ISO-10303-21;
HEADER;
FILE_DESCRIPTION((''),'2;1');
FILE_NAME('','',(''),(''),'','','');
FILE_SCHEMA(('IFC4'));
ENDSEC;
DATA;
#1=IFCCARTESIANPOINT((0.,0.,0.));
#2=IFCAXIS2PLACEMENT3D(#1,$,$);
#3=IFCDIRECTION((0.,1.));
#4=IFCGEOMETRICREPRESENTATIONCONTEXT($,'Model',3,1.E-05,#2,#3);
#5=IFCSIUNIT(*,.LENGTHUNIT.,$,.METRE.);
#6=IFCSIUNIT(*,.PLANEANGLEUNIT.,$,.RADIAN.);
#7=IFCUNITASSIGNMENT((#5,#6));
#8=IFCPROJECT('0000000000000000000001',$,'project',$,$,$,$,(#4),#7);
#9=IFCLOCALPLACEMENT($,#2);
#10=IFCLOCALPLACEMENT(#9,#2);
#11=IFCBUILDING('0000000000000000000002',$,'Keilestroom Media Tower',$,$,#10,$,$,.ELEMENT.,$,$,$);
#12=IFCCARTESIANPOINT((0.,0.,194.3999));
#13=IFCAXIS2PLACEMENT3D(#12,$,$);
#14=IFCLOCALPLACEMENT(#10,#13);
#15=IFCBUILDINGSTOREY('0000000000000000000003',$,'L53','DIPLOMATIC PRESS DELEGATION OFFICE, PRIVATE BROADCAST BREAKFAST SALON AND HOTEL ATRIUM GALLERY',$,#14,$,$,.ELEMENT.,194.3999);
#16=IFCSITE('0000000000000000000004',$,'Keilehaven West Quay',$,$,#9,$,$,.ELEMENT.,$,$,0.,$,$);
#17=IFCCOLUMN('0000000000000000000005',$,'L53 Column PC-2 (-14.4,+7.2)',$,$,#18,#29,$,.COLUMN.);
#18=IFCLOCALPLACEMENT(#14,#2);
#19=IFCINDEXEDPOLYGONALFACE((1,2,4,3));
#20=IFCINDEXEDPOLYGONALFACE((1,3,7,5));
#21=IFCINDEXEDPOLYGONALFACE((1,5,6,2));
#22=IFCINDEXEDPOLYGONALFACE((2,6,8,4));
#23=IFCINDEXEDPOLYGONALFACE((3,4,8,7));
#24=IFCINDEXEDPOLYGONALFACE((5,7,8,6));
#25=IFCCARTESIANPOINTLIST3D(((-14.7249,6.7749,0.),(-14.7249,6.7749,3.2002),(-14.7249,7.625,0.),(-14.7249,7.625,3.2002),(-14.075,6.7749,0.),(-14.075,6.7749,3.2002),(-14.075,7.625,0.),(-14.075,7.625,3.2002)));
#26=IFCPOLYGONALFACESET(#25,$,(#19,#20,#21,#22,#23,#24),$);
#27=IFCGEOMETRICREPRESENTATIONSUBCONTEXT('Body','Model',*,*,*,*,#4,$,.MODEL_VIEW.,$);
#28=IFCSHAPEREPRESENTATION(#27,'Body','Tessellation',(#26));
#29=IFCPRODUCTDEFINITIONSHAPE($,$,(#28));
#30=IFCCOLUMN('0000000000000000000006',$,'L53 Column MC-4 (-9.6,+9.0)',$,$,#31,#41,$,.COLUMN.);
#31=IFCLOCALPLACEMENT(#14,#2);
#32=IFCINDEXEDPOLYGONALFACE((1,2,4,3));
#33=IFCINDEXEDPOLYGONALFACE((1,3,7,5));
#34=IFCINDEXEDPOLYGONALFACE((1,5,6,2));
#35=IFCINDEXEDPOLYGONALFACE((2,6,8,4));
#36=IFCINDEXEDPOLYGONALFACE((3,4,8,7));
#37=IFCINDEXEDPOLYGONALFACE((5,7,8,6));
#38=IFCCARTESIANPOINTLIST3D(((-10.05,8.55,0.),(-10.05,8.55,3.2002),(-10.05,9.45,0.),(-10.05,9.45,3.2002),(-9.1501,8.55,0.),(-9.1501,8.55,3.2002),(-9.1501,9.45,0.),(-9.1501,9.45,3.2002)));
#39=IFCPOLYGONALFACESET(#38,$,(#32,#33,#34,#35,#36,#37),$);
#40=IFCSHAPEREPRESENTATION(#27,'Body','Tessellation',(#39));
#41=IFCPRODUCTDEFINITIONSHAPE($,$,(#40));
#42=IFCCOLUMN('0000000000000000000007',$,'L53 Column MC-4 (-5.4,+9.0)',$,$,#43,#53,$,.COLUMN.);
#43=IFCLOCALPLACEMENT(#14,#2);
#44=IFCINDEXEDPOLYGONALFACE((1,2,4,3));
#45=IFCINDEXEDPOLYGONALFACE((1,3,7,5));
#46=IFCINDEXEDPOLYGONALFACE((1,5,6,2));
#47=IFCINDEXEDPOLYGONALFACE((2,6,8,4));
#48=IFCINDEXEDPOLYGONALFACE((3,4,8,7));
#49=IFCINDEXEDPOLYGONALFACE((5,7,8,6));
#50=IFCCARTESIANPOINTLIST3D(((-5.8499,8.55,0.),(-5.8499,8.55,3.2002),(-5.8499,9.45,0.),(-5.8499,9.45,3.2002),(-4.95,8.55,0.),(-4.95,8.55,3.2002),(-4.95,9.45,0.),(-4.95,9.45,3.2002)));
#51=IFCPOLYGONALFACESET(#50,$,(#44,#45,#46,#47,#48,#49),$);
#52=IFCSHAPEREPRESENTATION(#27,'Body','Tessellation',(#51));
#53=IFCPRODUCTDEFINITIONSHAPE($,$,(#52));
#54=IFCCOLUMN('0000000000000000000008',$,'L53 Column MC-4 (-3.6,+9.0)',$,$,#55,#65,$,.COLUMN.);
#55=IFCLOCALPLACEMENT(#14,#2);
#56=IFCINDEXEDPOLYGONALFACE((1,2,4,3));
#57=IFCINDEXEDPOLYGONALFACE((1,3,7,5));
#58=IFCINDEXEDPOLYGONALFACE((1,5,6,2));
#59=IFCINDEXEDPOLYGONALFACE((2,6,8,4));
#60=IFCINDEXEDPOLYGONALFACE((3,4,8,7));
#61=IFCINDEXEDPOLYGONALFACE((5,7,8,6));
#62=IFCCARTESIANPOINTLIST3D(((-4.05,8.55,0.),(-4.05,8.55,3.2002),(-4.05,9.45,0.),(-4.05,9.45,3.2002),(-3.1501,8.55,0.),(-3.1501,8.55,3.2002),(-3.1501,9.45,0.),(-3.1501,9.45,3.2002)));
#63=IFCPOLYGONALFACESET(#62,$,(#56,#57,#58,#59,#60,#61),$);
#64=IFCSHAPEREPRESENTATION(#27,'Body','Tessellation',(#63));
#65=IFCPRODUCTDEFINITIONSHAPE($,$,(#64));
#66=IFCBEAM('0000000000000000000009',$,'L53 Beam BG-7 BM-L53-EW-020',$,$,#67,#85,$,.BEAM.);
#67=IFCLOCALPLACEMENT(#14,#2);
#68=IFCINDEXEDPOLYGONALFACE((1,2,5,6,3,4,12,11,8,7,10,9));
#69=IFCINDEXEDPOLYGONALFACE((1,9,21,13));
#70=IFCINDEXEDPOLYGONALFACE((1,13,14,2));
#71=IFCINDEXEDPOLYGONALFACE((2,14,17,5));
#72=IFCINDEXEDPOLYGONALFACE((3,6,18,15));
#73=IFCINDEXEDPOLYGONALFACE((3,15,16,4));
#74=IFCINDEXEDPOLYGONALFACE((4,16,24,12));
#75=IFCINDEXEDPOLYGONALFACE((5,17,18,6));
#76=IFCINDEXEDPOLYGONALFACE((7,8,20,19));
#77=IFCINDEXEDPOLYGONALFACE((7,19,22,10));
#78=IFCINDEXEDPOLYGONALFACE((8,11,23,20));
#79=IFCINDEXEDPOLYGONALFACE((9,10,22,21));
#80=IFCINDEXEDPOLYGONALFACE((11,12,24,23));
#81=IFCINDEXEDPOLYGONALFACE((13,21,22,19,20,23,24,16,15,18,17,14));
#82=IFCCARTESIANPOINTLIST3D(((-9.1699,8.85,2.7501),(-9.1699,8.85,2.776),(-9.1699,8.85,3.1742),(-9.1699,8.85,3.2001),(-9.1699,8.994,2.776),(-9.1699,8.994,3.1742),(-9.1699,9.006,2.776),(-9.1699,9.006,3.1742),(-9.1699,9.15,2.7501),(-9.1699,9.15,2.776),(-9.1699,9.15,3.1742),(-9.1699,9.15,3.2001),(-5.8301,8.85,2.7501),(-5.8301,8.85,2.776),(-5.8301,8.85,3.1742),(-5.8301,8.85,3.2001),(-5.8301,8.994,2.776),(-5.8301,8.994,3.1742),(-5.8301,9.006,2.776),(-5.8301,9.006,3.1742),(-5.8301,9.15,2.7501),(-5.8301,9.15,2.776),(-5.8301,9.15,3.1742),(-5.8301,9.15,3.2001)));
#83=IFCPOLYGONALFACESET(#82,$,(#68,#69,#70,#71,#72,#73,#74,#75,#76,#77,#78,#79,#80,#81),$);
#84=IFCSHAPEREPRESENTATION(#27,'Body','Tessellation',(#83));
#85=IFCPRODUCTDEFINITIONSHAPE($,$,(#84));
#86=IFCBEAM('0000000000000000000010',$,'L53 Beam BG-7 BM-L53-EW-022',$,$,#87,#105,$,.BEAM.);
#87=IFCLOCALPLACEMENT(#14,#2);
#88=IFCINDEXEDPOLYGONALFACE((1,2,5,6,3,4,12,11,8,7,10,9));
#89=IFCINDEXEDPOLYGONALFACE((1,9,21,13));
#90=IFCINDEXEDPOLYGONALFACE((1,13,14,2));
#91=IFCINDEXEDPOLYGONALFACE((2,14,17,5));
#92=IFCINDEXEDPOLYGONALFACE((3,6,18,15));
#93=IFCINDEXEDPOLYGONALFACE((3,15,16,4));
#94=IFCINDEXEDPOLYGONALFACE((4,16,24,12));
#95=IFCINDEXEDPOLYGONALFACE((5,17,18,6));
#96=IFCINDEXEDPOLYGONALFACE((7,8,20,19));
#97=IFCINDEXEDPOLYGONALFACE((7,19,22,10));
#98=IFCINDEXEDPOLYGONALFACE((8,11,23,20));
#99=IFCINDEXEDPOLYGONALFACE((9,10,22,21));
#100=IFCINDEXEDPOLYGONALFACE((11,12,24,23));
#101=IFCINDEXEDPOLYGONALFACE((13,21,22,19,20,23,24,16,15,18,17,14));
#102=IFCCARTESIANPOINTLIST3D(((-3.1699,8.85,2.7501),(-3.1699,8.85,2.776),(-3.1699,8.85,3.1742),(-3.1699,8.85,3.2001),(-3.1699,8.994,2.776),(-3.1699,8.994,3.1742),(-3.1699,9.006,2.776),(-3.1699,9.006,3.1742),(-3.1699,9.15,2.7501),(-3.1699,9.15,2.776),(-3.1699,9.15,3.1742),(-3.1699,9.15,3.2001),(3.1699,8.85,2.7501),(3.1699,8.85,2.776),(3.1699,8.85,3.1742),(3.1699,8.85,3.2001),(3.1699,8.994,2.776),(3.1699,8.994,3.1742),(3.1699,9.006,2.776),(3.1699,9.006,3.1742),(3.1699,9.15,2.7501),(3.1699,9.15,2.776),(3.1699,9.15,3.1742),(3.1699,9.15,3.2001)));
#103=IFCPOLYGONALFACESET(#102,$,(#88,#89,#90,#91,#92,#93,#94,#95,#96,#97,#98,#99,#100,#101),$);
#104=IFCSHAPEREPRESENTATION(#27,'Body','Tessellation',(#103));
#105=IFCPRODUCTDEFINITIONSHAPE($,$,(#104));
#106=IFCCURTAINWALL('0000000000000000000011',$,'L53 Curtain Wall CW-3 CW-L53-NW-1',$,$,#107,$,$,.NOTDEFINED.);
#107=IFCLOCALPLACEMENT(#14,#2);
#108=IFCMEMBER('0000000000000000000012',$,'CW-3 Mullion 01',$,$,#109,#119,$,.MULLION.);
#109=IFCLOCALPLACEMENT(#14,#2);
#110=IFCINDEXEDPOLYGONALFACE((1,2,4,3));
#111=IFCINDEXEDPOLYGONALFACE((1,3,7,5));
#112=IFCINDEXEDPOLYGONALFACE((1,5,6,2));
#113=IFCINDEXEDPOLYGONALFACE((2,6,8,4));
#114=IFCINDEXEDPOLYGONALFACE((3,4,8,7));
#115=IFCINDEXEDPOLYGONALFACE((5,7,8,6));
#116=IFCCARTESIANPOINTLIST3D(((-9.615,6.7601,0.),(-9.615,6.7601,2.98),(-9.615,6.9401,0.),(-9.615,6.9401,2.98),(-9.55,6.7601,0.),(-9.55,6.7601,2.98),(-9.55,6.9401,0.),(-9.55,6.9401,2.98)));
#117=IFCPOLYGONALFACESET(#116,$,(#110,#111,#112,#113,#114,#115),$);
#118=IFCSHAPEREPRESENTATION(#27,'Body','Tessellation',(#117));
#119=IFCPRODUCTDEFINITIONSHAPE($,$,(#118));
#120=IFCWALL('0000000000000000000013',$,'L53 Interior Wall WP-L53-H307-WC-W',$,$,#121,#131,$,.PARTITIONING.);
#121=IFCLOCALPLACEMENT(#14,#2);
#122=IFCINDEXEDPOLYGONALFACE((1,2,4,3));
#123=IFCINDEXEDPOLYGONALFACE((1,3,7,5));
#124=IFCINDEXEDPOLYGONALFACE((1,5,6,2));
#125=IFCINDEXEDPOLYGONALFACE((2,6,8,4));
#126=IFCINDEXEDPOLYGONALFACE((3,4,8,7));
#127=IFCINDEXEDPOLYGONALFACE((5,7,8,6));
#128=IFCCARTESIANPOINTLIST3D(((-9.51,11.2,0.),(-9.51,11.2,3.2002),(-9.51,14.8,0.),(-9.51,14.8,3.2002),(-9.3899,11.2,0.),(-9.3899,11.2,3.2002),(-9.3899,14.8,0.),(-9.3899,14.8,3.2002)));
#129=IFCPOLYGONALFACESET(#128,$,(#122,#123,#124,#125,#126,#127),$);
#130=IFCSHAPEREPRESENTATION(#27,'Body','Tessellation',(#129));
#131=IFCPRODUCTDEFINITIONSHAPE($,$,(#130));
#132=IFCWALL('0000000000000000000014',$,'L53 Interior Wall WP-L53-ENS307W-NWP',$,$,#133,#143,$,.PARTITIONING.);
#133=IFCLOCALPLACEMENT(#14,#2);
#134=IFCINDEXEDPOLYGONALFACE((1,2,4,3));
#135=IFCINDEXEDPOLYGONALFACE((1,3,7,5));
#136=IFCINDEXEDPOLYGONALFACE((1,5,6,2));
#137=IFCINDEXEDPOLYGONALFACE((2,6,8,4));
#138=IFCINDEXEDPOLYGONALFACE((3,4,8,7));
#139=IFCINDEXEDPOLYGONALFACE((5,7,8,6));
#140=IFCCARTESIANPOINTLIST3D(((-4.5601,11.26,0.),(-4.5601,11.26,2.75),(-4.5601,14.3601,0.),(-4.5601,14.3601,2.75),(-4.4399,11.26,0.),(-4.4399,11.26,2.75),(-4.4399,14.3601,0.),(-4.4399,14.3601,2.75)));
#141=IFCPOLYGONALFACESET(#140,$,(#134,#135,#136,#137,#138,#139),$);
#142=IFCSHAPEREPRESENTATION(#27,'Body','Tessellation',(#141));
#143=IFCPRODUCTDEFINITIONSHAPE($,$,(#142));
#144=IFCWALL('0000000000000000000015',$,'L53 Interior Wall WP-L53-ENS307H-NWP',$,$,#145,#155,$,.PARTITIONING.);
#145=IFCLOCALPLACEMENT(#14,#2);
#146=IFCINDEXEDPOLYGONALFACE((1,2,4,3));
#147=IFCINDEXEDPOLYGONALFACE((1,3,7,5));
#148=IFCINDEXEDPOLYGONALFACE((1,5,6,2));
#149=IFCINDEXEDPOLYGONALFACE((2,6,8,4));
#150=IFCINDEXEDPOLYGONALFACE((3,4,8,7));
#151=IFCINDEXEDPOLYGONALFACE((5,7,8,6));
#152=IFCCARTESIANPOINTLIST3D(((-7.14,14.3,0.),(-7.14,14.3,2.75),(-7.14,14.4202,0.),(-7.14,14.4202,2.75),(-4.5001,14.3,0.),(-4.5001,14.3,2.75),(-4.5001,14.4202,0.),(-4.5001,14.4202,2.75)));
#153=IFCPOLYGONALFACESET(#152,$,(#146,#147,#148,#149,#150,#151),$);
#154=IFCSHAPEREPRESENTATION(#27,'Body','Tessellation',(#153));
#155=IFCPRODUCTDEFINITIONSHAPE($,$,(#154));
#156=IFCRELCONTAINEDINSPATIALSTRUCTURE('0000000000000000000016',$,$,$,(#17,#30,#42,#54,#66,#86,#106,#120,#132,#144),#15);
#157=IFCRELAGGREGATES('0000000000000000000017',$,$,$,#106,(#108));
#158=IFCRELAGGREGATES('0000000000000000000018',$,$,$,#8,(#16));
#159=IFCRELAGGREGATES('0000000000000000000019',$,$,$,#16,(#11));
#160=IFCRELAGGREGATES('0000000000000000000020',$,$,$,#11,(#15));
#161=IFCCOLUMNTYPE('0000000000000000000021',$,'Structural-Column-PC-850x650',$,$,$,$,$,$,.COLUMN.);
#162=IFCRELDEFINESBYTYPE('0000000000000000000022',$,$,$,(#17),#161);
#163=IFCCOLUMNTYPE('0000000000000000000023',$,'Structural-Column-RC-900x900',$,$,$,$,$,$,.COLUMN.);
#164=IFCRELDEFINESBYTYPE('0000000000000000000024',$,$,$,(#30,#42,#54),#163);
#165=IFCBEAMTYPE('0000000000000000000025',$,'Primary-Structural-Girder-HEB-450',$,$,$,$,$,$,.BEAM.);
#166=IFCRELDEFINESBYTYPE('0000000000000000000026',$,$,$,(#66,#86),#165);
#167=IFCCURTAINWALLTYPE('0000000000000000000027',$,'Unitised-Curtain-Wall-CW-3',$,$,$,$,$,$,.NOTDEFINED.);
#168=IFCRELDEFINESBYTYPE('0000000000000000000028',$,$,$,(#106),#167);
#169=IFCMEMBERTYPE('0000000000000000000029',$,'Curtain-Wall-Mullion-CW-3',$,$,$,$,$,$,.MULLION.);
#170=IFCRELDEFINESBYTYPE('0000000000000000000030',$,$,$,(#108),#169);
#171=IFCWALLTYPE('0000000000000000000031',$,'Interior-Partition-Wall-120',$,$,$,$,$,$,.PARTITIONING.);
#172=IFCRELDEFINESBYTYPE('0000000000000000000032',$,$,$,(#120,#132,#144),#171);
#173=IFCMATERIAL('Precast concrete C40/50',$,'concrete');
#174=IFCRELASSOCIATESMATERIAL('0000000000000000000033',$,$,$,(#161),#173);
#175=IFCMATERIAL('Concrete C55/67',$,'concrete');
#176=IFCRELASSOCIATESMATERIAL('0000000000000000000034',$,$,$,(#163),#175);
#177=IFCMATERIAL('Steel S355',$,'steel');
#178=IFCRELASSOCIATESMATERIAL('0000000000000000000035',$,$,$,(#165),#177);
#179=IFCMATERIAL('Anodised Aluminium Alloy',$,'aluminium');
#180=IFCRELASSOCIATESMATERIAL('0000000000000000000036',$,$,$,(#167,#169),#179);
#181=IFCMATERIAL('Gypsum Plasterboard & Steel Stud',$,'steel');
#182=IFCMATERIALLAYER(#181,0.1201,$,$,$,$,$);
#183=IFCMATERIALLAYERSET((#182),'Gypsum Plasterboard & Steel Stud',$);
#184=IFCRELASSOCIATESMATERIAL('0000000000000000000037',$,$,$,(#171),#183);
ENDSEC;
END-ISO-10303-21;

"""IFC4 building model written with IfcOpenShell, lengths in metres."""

from ifc_helpers import new_model, si_unit, direction, frame, frame_2d, origin, origin_2d, place, context, subcontext, project, spatial, rectangle, i_section, extrude, source, transform, mapped, material, layer, layer_set, material_profile, profile_set, type_object, element, aggregate, save


model = new_model("IFC4")

# Units and contexts
model_context = context("Model", 3, precision=1e-05, world=origin(), true_north=direction((0.0, 1.0)))
body_context = subcontext(model_context, "Body", "Model", "MODEL_VIEW")
ifc_project = project(units=[si_unit("LENGTHUNIT", "METRE"), si_unit("PLANEANGLEUNIT", "RADIAN")], contexts=[model_context])

# Site, building, storey
site_placement = place(None, origin())
site = spatial("IfcSite", under=ifc_project, at=site_placement, Name="Keilehaven West Quay", CompositionType="ELEMENT", RefElevation=0.0)
building_placement = place(site_placement, origin())
building = spatial("IfcBuilding", under=site, at=building_placement, Name="Keilestroom Media Tower", CompositionType="ELEMENT")
storey_placement = place(building_placement, frame((0.0, 0.0, 194.3999)))
storey = spatial("IfcBuildingStorey", under=building, at=storey_placement, Name="L53", Description="DIPLOMATIC PRESS DELEGATION OFFICE, PRIVATE BROADCAST BREAKFAST SALON AND HOTEL ATRIUM GALLERY", CompositionType="ELEMENT", Elevation=194.3999)

# Columns
ifc_material_1 = material(Name="Precast concrete C40/50", Category="concrete")
ifc_material_profile_1 = material_profile(ifc_material_1, rectangle(XDim=0.6499, YDim=0.8501, at=origin_2d()), Name="PC 850x650")
ifc_profile_set_1 = profile_set([ifc_material_profile_1], Name="Precast concrete C40/50")
column_type_1 = type_object("IfcColumnType", Name="Structural-Column-PC-850x650", PredefinedType="COLUMN", material=ifc_profile_set_1)
shared_shape_1 = source(origin(), body_context, "Body", "SweptSolid", [
    extrude(rectangle(XDim=0.6499, YDim=0.8501, at=origin_2d()), origin(), (0.0, 0.0, 1.0), 3.2002),
])
column_placement = place(storey_placement, frame((-14.3999, 7.2, 0.0), z_axis=(0.0, 0.0, 1.0), x_axis=(1.0, 0.0, 0.0)))
element("IfcColumn", 1, at=column_placement, inside=storey, type_object=column_type_1, Name="L53 Column PC-2 (-14.4,+7.2)", PredefinedType="COLUMN", context=body_context, shape_type="MappedRepresentation", body=[
    mapped(shared_shape_1, transform((0.0, 0.0, 0.0), x_axis=(1.0, 0.0, 0.0), y_axis=(0.0, 1.0, 0.0), z_axis=(0.0, 0.0, 1.0), scale=1.0)),
])
ifc_material_2 = material(Name="Concrete C55/67", Category="concrete")
ifc_material_profile_2 = material_profile(ifc_material_2, rectangle(XDim=0.8999, YDim=0.8999, at=origin_2d()), Name="RC 900x900")
ifc_profile_set_2 = profile_set([ifc_material_profile_2], Name="Concrete C55/67")
column_type_2 = type_object("IfcColumnType", Name="Structural-Column-RC-900x900", PredefinedType="COLUMN", material=ifc_profile_set_2)
shared_shape_2 = source(origin(), body_context, "Body", "SweptSolid", [
    extrude(rectangle(XDim=0.8999, YDim=0.8999, at=origin_2d()), origin(), (0.0, 0.0, 1.0), 3.2002),
])
for number, where, z_axis, x_axis, name in (
    (2, (-9.6001, 9.0, 0.0), (0.0, 0.0, 1.0), (1.0, 0.0, 0.0), "L53 Column MC-4 (-9.6,+9.0)"),
    (3, (-5.3999, 9.0, 0.0), (0.0, 0.0, 1.0), (1.0, 0.0, 0.0), "L53 Column MC-4 (-5.4,+9.0)"),
    (4, (-3.6001, 9.0, 0.0), (0.0, 0.0, 1.0), (1.0, 0.0, 0.0), "L53 Column MC-4 (-3.6,+9.0)"),
):
    element("IfcColumn", number, at=place(storey_placement, frame(where, z_axis=z_axis, x_axis=x_axis)), inside=storey, type_object=column_type_2, Name=name, PredefinedType="COLUMN", context=body_context, shape_type="MappedRepresentation", body=[
        mapped(shared_shape_2, transform((0.0, 0.0, 0.0), x_axis=(1.0, 0.0, 0.0), y_axis=(0.0, 1.0, 0.0), z_axis=(0.0, 0.0, 1.0), scale=1.0)),
    ])

# Beams
ifc_material_3 = material(Name="Steel S355", Category="steel")
ifc_material_profile_3 = material_profile(ifc_material_3, i_section(OverallWidth=0.3, OverallDepth=0.45, WebThickness=0.012, FlangeThickness=0.0259, at=origin_2d()), Name="HEB 450")
ifc_profile_set_3 = profile_set([ifc_material_profile_3], Name="Steel S355")
beam_type = type_object("IfcBeamType", Name="Primary-Structural-Girder-HEB-450", PredefinedType="BEAM", material=ifc_profile_set_3)
shared_shape_3 = source(origin(), body_context, "Body", "SweptSolid", [
    extrude(i_section(OverallWidth=0.3, OverallDepth=0.45, WebThickness=0.012, FlangeThickness=0.0259, at=origin_2d()), origin(), (0.0, 0.0, 1.0), 3.3398),
])
beam_1_placement = place(storey_placement, frame((-9.1699, 9.0, 2.9751), z_axis=(1.0, 0.0, 0.0), x_axis=(0.0, 1.0, 0.0)))
element("IfcBeam", 5, at=beam_1_placement, inside=storey, type_object=beam_type, Name="L53 Beam BG-7 BM-L53-EW-020", PredefinedType="BEAM", context=body_context, shape_type="MappedRepresentation", body=[
    mapped(shared_shape_3, transform((0.0, 0.0, 0.0), x_axis=(1.0, 0.0, 0.0), y_axis=(0.0, 1.0, 0.0), z_axis=(0.0, 0.0, 1.0), scale=1.0)),
])
shared_shape_4 = source(origin(), body_context, "Body", "SweptSolid", [
    extrude(i_section(OverallWidth=0.3, OverallDepth=0.45, WebThickness=0.012, FlangeThickness=0.0259, at=origin_2d()), origin(), (0.0, 0.0, 1.0), 6.3398),
])
beam_2_placement = place(storey_placement, frame((-3.1699, 9.0, 2.9751), z_axis=(1.0, 0.0, 0.0), x_axis=(0.0, 1.0, 0.0)))
element("IfcBeam", 6, at=beam_2_placement, inside=storey, type_object=beam_type, Name="L53 Beam BG-7 BM-L53-EW-022", PredefinedType="BEAM", context=body_context, shape_type="MappedRepresentation", body=[
    mapped(shared_shape_4, transform((0.0, 0.0, 0.0), x_axis=(1.0, 0.0, 0.0), y_axis=(0.0, 1.0, 0.0), z_axis=(0.0, 0.0, 1.0), scale=1.0)),
])

# Curtain wall, member
ifc_material_4 = material(Name="Anodised Aluminium Alloy", Category="aluminium")
curtain_wall_type = type_object("IfcCurtainWallType", Name="Unitised-Curtain-Wall-CW-3", PredefinedType="NOTDEFINED", material=ifc_material_4)
curtain_wall_placement = place(storey_placement, origin())
curtain_wall = element("IfcCurtainWall", 7, at=curtain_wall_placement, inside=storey, type_object=curtain_wall_type, Name="L53 Curtain Wall CW-3 CW-L53-NW-1", PredefinedType="NOTDEFINED")
ifc_material_profile_4 = material_profile(ifc_material_4, rectangle(XDim=0.0649, YDim=0.1799, at=origin_2d()), Name="ALU MULLION 65x180")
ifc_profile_set_4 = profile_set([ifc_material_profile_4], Name="Anodised Aluminium Alloy")
member_type = type_object("IfcMemberType", Name="Curtain-Wall-Mullion-CW-3", PredefinedType="MULLION", material=ifc_profile_set_4)
shared_shape_5 = source(origin(), body_context, "Body", "SweptSolid", [
    extrude(rectangle(XDim=0.0649, YDim=0.1799, at=origin_2d()), origin(), (0.0, 0.0, 1.0), 2.98),
])
member_placement = place(storey_placement, frame((-9.5825, 6.8501, 0.0), z_axis=(0.0, 0.0, 1.0), x_axis=(1.0, 0.0, 0.0)))
member = element("IfcMember", 8, at=member_placement, type_object=member_type, Name="CW-3 Mullion 01", PredefinedType="MULLION", context=body_context, shape_type="MappedRepresentation", body=[
    mapped(shared_shape_5, transform((0.0, 0.0, 0.0), x_axis=(1.0, 0.0, 0.0), y_axis=(0.0, 1.0, 0.0), z_axis=(0.0, 0.0, 1.0), scale=1.0)),
])
aggregate(curtain_wall, [member])

# Walls
ifc_material_5 = material(Name="Gypsum Plasterboard & Steel Stud", Category="steel")
ifc_layer_1 = layer(ifc_material_5, 0.1201)
ifc_layer_set_1 = layer_set([ifc_layer_1], Name="Gypsum Plasterboard & Steel Stud")
wall_type_1 = type_object("IfcWallType", Name="Interior-Partition-Wall-120", PredefinedType="PARTITIONING", material=ifc_layer_set_1)
wall_1_placement = place(storey_placement, frame((-9.45, 11.2, 0.0), z_axis=(0.0, 0.0, 1.0), x_axis=(0.0, 1.0, 0.0)))
element("IfcWall", 9, at=wall_1_placement, inside=storey, type_object=wall_type_1, Name="L53 Interior Wall WP-L53-H307-WC-W", PredefinedType="PARTITIONING", context=body_context, shape_type="SweptSolid", body=[
    extrude(rectangle(XDim=3.6001, YDim=0.1201, at=frame_2d((1.8, 0.0))), origin(), (0.0, 0.0, 1.0), 3.2002),
])
wall_2_placement = place(storey_placement, frame((-4.5, 11.26, 0.0), z_axis=(0.0, 0.0, 1.0), x_axis=(0.0, 1.0, 0.0)))
element("IfcWall", 10, at=wall_2_placement, inside=storey, type_object=wall_type_1, Name="L53 Interior Wall WP-L53-ENS307W-NWP", PredefinedType="PARTITIONING", context=body_context, shape_type="SweptSolid", body=[
    extrude(rectangle(XDim=3.1001, YDim=0.1201, at=frame_2d((1.55, 0.0))), origin(), (0.0, 0.0, 1.0), 2.75),
])
wall_3_placement = place(storey_placement, frame((-7.1399, 14.3601, 0.0), z_axis=(0.0, 0.0, 1.0), x_axis=(1.0, 0.0, 0.0)))
element("IfcWall", 11, at=wall_3_placement, inside=storey, type_object=wall_type_1, Name="L53 Interior Wall WP-L53-ENS307H-NWP", PredefinedType="PARTITIONING", context=body_context, shape_type="SweptSolid", body=[
    extrude(rectangle(XDim=2.6399, YDim=0.1201, at=frame_2d((1.3198, 0.0))), origin(), (0.0, 0.0, 1.0), 2.75),
])

save(model, "model.ifc")
